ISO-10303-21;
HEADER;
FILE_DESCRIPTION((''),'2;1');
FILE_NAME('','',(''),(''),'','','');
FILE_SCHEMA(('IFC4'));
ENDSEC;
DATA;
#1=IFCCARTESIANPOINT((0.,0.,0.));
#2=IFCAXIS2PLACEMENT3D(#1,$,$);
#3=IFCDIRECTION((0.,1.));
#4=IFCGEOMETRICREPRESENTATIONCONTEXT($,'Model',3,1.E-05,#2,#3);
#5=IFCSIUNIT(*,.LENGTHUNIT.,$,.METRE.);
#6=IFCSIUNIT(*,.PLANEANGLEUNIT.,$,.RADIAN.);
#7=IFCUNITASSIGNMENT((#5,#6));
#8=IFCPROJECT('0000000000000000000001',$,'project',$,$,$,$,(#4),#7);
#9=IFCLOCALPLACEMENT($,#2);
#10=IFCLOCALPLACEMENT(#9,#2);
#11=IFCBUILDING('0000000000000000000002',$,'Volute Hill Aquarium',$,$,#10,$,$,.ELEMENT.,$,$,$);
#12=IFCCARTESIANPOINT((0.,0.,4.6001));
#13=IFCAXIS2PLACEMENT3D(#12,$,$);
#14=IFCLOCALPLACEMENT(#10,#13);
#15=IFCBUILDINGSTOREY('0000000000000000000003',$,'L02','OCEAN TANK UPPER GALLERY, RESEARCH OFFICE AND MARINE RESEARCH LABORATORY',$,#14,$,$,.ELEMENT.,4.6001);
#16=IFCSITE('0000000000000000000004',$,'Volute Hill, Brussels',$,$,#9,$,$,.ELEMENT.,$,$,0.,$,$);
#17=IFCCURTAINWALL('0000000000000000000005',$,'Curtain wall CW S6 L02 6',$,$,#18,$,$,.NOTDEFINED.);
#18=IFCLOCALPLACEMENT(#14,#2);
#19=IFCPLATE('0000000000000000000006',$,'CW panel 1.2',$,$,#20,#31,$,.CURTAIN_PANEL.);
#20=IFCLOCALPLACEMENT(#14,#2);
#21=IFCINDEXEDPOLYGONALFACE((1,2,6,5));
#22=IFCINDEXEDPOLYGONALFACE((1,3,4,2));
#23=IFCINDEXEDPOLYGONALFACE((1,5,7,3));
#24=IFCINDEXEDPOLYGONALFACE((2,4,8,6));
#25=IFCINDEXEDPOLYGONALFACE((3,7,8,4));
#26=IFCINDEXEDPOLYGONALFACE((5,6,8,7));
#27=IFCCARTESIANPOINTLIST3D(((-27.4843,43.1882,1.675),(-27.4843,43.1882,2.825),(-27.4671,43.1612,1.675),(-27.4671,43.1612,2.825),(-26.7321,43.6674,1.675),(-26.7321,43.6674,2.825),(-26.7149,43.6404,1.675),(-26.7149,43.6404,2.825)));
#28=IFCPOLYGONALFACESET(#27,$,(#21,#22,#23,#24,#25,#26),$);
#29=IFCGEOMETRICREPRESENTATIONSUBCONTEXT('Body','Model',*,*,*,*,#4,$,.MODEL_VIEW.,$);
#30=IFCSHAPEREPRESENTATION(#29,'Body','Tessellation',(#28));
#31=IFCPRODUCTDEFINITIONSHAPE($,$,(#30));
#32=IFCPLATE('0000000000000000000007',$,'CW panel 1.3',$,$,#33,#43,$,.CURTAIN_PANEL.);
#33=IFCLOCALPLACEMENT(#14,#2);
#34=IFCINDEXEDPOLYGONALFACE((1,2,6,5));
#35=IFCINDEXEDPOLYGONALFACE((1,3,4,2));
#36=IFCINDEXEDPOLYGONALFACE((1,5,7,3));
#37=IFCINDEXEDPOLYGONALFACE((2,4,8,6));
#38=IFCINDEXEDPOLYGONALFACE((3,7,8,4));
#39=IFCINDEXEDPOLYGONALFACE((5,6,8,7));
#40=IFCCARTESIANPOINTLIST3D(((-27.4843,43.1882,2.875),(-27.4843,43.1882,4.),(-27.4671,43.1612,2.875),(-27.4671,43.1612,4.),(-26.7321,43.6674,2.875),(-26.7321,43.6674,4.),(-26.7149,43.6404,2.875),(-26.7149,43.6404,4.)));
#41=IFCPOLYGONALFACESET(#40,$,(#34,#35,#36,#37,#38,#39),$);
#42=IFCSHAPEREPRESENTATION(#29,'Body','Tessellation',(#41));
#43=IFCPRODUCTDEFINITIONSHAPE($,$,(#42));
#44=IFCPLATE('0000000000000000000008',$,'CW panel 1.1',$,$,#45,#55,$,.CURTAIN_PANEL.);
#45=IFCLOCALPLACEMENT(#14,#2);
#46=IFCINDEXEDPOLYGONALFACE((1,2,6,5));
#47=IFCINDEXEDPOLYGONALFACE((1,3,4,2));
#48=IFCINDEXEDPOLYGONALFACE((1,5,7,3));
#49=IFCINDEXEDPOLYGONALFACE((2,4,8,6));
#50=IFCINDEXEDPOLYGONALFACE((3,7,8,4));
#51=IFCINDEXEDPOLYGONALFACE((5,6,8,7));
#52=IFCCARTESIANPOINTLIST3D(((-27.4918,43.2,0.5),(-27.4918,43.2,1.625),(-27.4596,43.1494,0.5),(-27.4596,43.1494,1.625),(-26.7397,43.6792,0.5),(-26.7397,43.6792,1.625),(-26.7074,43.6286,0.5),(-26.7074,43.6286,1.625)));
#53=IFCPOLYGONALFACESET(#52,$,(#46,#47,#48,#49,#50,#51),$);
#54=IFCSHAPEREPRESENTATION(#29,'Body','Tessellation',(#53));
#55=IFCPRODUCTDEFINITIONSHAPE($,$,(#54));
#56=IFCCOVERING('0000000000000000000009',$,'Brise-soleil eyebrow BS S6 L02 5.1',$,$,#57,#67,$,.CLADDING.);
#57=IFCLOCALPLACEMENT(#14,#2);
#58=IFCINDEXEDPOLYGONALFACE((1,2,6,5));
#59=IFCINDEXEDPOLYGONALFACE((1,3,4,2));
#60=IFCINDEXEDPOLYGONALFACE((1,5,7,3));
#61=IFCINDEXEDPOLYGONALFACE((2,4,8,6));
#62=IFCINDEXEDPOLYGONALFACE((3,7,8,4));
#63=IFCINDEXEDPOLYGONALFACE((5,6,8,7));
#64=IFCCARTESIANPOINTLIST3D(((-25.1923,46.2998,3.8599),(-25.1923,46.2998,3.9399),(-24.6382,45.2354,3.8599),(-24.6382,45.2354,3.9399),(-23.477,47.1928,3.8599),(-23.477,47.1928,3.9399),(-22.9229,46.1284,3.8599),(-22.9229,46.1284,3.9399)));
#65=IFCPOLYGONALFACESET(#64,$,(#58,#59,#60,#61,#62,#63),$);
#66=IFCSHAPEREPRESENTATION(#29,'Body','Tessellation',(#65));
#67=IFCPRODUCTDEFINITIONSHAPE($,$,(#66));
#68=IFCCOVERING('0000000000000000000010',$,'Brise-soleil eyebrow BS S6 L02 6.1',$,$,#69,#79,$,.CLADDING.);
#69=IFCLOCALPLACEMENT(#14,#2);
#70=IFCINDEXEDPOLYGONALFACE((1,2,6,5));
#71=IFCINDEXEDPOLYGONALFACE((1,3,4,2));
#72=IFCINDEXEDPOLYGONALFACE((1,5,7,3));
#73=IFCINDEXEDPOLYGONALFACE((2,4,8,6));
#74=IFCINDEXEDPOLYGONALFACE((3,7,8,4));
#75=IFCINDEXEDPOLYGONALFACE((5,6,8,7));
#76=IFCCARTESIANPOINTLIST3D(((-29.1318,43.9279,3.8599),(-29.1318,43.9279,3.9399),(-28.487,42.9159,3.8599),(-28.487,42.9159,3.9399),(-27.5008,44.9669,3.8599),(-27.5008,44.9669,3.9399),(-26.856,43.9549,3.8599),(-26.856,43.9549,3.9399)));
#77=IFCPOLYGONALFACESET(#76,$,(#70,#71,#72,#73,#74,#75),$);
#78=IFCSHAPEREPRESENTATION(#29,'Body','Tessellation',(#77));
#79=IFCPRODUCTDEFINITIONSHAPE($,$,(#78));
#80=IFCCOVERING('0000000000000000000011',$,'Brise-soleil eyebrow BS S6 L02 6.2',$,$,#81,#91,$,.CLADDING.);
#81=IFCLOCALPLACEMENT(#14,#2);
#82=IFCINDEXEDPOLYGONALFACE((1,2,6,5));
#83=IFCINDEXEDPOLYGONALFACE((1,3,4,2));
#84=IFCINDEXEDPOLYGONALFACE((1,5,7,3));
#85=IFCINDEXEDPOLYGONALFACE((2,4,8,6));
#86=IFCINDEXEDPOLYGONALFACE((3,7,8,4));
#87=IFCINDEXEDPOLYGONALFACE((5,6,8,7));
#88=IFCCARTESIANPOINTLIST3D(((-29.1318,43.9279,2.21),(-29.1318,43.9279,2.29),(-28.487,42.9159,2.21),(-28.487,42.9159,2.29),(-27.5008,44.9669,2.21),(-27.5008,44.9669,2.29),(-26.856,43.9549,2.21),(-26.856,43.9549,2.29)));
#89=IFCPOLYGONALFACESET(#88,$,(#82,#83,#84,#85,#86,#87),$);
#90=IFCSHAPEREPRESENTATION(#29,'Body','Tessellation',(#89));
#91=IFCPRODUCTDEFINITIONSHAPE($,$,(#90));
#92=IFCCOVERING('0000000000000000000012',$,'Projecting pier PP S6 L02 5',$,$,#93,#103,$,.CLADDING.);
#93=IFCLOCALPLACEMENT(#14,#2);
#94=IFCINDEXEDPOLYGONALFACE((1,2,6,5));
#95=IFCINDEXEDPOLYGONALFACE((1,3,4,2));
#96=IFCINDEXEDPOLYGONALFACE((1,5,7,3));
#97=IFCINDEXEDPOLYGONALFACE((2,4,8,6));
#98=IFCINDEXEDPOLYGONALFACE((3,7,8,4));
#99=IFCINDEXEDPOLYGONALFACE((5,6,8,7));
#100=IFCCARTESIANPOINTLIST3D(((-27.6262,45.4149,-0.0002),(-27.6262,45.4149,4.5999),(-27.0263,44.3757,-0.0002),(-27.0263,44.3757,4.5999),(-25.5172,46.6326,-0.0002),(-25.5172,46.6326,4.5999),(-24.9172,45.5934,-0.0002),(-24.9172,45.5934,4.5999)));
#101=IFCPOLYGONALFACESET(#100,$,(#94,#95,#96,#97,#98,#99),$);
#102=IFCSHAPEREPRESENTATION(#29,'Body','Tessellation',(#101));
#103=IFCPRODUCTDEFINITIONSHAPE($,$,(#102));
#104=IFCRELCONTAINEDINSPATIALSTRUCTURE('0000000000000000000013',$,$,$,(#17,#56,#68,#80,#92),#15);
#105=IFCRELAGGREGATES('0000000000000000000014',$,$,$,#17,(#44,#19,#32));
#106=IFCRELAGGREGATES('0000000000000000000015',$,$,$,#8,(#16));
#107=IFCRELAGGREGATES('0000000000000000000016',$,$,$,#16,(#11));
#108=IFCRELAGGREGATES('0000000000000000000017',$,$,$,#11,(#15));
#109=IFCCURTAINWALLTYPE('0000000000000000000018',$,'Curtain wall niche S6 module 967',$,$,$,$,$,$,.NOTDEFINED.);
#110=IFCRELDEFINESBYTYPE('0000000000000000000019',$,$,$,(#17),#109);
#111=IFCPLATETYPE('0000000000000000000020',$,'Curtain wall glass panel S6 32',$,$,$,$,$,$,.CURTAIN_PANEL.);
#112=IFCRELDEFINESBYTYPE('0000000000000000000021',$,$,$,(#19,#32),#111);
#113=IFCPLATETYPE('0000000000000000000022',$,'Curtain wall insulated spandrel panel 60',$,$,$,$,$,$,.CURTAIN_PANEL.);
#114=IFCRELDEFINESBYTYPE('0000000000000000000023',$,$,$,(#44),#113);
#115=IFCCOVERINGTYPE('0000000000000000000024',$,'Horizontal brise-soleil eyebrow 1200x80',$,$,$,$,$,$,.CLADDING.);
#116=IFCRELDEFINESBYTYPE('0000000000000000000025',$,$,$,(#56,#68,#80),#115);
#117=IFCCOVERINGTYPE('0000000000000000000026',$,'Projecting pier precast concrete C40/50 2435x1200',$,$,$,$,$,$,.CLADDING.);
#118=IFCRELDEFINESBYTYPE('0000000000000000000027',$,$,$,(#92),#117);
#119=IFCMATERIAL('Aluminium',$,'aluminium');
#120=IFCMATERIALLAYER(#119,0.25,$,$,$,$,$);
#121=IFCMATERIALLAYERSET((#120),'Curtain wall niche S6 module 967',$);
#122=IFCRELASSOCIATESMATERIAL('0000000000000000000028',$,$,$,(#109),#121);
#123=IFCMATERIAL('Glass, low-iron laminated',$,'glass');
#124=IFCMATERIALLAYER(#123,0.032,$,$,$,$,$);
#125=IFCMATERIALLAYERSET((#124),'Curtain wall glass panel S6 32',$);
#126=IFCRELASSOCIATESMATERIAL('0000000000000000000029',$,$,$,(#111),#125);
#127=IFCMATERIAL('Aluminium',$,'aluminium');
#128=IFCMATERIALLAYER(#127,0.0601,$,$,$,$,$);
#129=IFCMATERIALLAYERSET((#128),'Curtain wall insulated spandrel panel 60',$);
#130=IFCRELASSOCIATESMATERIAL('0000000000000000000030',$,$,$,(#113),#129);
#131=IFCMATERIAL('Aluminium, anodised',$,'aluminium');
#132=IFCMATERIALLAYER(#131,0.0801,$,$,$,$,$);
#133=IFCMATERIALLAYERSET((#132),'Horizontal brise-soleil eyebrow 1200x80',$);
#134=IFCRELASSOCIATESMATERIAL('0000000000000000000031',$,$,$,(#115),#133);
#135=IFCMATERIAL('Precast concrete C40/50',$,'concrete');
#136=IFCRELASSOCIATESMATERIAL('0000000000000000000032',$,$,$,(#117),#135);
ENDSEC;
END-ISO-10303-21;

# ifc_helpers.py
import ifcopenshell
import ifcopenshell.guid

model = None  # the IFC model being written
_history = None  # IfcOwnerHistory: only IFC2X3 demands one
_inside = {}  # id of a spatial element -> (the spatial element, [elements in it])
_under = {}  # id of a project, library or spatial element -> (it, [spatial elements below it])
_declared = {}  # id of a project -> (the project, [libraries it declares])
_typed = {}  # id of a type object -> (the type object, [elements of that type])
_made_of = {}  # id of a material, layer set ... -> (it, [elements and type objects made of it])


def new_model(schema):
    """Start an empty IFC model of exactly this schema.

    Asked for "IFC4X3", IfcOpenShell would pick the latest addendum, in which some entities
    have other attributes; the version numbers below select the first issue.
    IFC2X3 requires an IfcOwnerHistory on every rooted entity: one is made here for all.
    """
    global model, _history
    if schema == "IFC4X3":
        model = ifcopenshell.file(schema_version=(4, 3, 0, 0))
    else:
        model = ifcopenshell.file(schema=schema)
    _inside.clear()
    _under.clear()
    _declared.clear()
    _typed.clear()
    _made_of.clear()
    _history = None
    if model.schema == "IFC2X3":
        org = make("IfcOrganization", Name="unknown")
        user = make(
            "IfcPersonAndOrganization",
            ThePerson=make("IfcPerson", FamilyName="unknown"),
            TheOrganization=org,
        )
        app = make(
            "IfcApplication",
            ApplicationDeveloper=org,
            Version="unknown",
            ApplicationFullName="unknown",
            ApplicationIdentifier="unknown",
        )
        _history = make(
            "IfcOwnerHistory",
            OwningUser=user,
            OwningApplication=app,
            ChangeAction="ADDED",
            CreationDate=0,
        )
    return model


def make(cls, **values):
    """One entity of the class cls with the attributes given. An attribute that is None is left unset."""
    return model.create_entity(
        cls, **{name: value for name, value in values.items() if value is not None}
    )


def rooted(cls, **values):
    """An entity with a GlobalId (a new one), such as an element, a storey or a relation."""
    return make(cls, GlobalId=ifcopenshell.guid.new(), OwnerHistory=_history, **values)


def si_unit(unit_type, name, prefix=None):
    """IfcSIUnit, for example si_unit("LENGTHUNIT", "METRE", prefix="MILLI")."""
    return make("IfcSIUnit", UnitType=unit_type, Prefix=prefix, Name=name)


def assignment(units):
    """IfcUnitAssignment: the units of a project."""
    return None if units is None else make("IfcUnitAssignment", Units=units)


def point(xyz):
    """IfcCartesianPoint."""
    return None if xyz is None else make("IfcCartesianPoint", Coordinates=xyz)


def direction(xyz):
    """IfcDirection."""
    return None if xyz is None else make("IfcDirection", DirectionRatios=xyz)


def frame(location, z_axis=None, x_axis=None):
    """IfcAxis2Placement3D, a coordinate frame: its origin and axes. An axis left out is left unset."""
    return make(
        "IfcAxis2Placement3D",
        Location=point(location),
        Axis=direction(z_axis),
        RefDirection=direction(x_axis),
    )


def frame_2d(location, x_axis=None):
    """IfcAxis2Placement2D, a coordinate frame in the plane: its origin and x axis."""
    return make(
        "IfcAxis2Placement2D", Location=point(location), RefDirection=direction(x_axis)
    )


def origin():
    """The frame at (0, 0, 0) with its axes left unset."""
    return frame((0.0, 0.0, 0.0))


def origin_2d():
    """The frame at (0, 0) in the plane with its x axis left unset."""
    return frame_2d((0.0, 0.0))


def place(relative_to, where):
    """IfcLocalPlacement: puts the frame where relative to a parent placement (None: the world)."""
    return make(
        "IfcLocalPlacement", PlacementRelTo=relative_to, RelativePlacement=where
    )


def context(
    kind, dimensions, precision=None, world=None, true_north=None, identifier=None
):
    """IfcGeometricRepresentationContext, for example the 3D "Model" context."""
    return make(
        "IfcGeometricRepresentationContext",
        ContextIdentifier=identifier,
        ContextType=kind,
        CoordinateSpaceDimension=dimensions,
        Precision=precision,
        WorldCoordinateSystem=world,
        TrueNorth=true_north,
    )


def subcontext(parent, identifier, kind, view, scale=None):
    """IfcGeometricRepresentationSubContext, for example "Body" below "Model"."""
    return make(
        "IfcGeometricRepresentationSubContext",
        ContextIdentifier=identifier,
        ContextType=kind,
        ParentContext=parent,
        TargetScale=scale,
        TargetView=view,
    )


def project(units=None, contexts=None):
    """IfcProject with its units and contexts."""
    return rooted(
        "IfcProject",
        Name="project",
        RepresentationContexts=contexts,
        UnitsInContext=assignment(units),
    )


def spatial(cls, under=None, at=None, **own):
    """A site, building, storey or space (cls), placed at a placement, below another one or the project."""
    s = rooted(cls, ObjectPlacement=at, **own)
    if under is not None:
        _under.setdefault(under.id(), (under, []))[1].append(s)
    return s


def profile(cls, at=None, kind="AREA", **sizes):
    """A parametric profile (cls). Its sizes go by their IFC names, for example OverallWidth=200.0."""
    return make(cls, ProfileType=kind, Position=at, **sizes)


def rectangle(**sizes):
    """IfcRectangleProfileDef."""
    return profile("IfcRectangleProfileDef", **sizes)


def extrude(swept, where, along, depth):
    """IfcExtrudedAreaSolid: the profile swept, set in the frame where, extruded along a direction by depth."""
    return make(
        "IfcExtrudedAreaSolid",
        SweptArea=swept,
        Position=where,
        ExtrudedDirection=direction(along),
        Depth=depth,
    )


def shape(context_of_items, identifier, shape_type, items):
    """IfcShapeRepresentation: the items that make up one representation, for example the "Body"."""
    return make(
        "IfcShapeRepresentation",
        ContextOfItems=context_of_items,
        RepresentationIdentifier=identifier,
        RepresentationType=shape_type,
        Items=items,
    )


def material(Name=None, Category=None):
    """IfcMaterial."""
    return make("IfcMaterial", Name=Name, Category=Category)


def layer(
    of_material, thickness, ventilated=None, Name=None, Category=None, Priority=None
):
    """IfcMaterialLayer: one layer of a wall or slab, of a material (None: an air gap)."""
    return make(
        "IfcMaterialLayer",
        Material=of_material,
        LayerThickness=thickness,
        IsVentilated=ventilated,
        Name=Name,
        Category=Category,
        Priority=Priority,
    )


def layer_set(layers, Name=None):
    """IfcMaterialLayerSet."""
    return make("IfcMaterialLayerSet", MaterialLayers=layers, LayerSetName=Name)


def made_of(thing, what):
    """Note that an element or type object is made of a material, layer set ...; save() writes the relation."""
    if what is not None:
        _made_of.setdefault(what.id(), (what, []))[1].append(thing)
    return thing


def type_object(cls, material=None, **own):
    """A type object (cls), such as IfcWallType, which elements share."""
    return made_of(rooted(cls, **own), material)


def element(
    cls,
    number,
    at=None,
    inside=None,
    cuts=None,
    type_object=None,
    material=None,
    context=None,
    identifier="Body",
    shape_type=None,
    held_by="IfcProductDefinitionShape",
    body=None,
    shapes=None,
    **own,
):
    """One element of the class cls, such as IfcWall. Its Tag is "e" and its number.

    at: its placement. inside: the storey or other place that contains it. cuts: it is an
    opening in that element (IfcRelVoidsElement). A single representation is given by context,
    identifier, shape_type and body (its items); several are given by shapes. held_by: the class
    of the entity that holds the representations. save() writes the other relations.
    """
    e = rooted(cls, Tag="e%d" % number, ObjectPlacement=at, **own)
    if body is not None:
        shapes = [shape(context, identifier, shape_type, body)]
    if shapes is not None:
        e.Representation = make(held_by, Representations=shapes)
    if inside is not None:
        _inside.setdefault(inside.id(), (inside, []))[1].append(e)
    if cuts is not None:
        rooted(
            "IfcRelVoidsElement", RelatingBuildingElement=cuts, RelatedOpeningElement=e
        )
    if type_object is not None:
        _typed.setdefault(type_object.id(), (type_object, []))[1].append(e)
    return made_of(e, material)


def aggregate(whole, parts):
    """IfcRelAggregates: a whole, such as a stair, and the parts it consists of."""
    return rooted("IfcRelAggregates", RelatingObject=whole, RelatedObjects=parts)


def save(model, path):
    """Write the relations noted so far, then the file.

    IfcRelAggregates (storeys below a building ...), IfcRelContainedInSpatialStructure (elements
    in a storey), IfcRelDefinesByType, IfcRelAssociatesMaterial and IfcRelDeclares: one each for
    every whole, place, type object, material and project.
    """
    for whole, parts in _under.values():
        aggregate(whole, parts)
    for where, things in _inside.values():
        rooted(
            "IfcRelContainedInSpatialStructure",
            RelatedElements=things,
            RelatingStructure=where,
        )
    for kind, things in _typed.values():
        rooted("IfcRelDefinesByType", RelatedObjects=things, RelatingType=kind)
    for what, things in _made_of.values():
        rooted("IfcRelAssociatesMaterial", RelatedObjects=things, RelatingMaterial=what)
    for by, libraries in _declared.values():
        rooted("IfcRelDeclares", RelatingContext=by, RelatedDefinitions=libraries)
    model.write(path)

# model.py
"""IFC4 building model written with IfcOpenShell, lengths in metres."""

from ifc_helpers import new_model, si_unit, direction, frame, origin, origin_2d, place, context, subcontext, project, spatial, rectangle, extrude, material, layer, layer_set, type_object, element, aggregate, save


model = new_model("IFC4")

# Units and contexts
model_context = context("Model", 3, precision=1e-05, world=origin(), true_north=direction((0.0, 1.0)))
body_context = subcontext(model_context, "Body", "Model", "MODEL_VIEW")
ifc_project = project(units=[si_unit("LENGTHUNIT", "METRE"), si_unit("PLANEANGLEUNIT", "RADIAN")], contexts=[model_context])

# Site, building, storey
site_placement = place(None, origin())
site = spatial("IfcSite", under=ifc_project, at=site_placement, Name="Volute Hill, Brussels", CompositionType="ELEMENT", RefElevation=0.0)
building_placement = place(site_placement, origin())
building = spatial("IfcBuilding", under=site, at=building_placement, Name="Volute Hill Aquarium", CompositionType="ELEMENT")
storey_placement = place(building_placement, frame((0.0, 0.0, 4.6001)))
storey = spatial("IfcBuildingStorey", under=building, at=storey_placement, Name="L02", Description="OCEAN TANK UPPER GALLERY, RESEARCH OFFICE AND MARINE RESEARCH LABORATORY", CompositionType="ELEMENT", Elevation=4.6001)

# Shared definitions
ifc_material_1 = material(Name="Aluminium", Category="aluminium")
ifc_layer_1 = layer(ifc_material_1, 0.25)
ifc_layer_set_1 = layer_set([ifc_layer_1], Name="Curtain wall niche S6 module 967")
curtain_wall_type = type_object("IfcCurtainWallType", Name="Curtain wall niche S6 module 967", PredefinedType="NOTDEFINED", material=ifc_layer_set_1)

# Curtain wall
curtain_wall_1_placement = place(storey_placement, origin())
curtain_wall_1 = element("IfcCurtainWall", 1, at=curtain_wall_1_placement, inside=storey, type_object=curtain_wall_type, Name="Curtain wall CW S6 L02 6", PredefinedType="NOTDEFINED")

# Plates
ifc_material_2 = material(Name="Glass, low-iron laminated", Category="glass")
ifc_layer_2 = layer(ifc_material_2, 0.032)
ifc_layer_set_2 = layer_set([ifc_layer_2], Name="Curtain wall glass panel S6 32")
plate_type_1 = type_object("IfcPlateType", Name="Curtain wall glass panel S6 32", PredefinedType="CURTAIN_PANEL", material=ifc_layer_set_2)
plate_1_placement = place(storey_placement, frame((-27.0996, 43.4143, 1.675), z_axis=(0.0, 0.0, 1.0), x_axis=(-0.843395, -0.537295, 0.0)))
plate_1 = element("IfcPlate", 2, at=plate_1_placement, type_object=plate_type_1, Name="CW panel 1.2", PredefinedType="CURTAIN_PANEL", context=body_context, shape_type="SweptSolid", body=[
    extrude(rectangle(XDim=0.8918, YDim=0.032, at=origin_2d()), origin(), (0.0, 0.0, 1.0), 1.1499),
])
plate_2_placement = place(storey_placement, frame((-27.0996, 43.4143, 2.875), z_axis=(0.0, 0.0, 1.0), x_axis=(-0.843395, -0.537295, 0.0)))
plate_2 = element("IfcPlate", 3, at=plate_2_placement, type_object=plate_type_1, Name="CW panel 1.3", PredefinedType="CURTAIN_PANEL", context=body_context, shape_type="SweptSolid", body=[
    extrude(rectangle(XDim=0.8918, YDim=0.032, at=origin_2d()), origin(), (0.0, 0.0, 1.0), 1.125),
])
ifc_material_3 = material(Name="Aluminium", Category="aluminium")
ifc_layer_3 = layer(ifc_material_3, 0.0601)
ifc_layer_set_3 = layer_set([ifc_layer_3], Name="Curtain wall insulated spandrel panel 60")
plate_type_2 = type_object("IfcPlateType", Name="Curtain wall insulated spandrel panel 60", PredefinedType="CURTAIN_PANEL", material=ifc_layer_set_3)
plate_3_placement = place(storey_placement, frame((-27.0996, 43.4143, 0.5), z_axis=(0.0, 0.0, 1.0), x_axis=(-0.843395, -0.537295, 0.0)))
plate_3 = element("IfcPlate", 4, at=plate_3_placement, type_object=plate_type_2, Name="CW panel 1.1", PredefinedType="CURTAIN_PANEL", context=body_context, shape_type="SweptSolid", body=[
    extrude(rectangle(XDim=0.8918, YDim=0.0601, at=origin_2d()), origin(), (0.0, 0.0, 1.0), 1.125),
])
aggregate(curtain_wall_1, [plate_3, plate_1, plate_2])

# Coverings
ifc_material_4 = material(Name="Aluminium, anodised", Category="aluminium")
ifc_layer_4 = layer(ifc_material_4, 0.0801)
ifc_layer_set_4 = layer_set([ifc_layer_4], Name="Horizontal brise-soleil eyebrow 1200x80")
covering_type_1 = type_object("IfcCoveringType", Name="Horizontal brise-soleil eyebrow 1200x80", PredefinedType="CLADDING", material=ifc_layer_set_4)
for number, where, z_axis, x_axis, name in (
    (5, (-24.0576, 46.2141, 3.8599), (0.0, 0.0, 1.0), (-0.887006, -0.461759, 0.0), "Brise-soleil eyebrow BS S6 L02 5.1"),
    (6, (-27.9939, 43.9414, 3.8599), (0.0, 0.0, 1.0), (-0.843396, -0.537293, 0.0), "Brise-soleil eyebrow BS S6 L02 6.1"),
    (7, (-27.9939, 43.9414, 2.21), (0.0, 0.0, 1.0), (-0.843396, -0.537293, 0.0), "Brise-soleil eyebrow BS S6 L02 6.2"),
):
    element("IfcCovering", number, at=place(storey_placement, frame(where, z_axis=z_axis, x_axis=x_axis)), inside=storey, type_object=covering_type_1, Name=name, PredefinedType="CLADDING", context=body_context, shape_type="SweptSolid", body=[
        extrude(rectangle(XDim=1.9338, YDim=1.2, at=origin_2d()), origin(), (0.0, 0.0, 1.0), 0.0801),
    ])
ifc_material_5 = material(Name="Precast concrete C40/50", Category="concrete")
covering_type_2 = type_object("IfcCoveringType", Name="Projecting pier precast concrete C40/50 2435x1200", PredefinedType="CLADDING", material=ifc_material_5)
covering_placement = place(storey_placement, frame((-26.2717, 45.5042, -0.0002), z_axis=(0.0, 0.0, 1.0), x_axis=(-0.866025, -0.5, 0.0)))
element("IfcCovering", 8, at=covering_placement, inside=storey, type_object=covering_type_2, Name="Projecting pier PP S6 L02 5", PredefinedType="CLADDING", context=body_context, shape_type="SweptSolid", body=[
    extrude(rectangle(XDim=2.4353, YDim=1.2, at=origin_2d()), origin(), (0.0, 0.0, 1.0), 4.6001),
])

save(model, "model.ifc")
